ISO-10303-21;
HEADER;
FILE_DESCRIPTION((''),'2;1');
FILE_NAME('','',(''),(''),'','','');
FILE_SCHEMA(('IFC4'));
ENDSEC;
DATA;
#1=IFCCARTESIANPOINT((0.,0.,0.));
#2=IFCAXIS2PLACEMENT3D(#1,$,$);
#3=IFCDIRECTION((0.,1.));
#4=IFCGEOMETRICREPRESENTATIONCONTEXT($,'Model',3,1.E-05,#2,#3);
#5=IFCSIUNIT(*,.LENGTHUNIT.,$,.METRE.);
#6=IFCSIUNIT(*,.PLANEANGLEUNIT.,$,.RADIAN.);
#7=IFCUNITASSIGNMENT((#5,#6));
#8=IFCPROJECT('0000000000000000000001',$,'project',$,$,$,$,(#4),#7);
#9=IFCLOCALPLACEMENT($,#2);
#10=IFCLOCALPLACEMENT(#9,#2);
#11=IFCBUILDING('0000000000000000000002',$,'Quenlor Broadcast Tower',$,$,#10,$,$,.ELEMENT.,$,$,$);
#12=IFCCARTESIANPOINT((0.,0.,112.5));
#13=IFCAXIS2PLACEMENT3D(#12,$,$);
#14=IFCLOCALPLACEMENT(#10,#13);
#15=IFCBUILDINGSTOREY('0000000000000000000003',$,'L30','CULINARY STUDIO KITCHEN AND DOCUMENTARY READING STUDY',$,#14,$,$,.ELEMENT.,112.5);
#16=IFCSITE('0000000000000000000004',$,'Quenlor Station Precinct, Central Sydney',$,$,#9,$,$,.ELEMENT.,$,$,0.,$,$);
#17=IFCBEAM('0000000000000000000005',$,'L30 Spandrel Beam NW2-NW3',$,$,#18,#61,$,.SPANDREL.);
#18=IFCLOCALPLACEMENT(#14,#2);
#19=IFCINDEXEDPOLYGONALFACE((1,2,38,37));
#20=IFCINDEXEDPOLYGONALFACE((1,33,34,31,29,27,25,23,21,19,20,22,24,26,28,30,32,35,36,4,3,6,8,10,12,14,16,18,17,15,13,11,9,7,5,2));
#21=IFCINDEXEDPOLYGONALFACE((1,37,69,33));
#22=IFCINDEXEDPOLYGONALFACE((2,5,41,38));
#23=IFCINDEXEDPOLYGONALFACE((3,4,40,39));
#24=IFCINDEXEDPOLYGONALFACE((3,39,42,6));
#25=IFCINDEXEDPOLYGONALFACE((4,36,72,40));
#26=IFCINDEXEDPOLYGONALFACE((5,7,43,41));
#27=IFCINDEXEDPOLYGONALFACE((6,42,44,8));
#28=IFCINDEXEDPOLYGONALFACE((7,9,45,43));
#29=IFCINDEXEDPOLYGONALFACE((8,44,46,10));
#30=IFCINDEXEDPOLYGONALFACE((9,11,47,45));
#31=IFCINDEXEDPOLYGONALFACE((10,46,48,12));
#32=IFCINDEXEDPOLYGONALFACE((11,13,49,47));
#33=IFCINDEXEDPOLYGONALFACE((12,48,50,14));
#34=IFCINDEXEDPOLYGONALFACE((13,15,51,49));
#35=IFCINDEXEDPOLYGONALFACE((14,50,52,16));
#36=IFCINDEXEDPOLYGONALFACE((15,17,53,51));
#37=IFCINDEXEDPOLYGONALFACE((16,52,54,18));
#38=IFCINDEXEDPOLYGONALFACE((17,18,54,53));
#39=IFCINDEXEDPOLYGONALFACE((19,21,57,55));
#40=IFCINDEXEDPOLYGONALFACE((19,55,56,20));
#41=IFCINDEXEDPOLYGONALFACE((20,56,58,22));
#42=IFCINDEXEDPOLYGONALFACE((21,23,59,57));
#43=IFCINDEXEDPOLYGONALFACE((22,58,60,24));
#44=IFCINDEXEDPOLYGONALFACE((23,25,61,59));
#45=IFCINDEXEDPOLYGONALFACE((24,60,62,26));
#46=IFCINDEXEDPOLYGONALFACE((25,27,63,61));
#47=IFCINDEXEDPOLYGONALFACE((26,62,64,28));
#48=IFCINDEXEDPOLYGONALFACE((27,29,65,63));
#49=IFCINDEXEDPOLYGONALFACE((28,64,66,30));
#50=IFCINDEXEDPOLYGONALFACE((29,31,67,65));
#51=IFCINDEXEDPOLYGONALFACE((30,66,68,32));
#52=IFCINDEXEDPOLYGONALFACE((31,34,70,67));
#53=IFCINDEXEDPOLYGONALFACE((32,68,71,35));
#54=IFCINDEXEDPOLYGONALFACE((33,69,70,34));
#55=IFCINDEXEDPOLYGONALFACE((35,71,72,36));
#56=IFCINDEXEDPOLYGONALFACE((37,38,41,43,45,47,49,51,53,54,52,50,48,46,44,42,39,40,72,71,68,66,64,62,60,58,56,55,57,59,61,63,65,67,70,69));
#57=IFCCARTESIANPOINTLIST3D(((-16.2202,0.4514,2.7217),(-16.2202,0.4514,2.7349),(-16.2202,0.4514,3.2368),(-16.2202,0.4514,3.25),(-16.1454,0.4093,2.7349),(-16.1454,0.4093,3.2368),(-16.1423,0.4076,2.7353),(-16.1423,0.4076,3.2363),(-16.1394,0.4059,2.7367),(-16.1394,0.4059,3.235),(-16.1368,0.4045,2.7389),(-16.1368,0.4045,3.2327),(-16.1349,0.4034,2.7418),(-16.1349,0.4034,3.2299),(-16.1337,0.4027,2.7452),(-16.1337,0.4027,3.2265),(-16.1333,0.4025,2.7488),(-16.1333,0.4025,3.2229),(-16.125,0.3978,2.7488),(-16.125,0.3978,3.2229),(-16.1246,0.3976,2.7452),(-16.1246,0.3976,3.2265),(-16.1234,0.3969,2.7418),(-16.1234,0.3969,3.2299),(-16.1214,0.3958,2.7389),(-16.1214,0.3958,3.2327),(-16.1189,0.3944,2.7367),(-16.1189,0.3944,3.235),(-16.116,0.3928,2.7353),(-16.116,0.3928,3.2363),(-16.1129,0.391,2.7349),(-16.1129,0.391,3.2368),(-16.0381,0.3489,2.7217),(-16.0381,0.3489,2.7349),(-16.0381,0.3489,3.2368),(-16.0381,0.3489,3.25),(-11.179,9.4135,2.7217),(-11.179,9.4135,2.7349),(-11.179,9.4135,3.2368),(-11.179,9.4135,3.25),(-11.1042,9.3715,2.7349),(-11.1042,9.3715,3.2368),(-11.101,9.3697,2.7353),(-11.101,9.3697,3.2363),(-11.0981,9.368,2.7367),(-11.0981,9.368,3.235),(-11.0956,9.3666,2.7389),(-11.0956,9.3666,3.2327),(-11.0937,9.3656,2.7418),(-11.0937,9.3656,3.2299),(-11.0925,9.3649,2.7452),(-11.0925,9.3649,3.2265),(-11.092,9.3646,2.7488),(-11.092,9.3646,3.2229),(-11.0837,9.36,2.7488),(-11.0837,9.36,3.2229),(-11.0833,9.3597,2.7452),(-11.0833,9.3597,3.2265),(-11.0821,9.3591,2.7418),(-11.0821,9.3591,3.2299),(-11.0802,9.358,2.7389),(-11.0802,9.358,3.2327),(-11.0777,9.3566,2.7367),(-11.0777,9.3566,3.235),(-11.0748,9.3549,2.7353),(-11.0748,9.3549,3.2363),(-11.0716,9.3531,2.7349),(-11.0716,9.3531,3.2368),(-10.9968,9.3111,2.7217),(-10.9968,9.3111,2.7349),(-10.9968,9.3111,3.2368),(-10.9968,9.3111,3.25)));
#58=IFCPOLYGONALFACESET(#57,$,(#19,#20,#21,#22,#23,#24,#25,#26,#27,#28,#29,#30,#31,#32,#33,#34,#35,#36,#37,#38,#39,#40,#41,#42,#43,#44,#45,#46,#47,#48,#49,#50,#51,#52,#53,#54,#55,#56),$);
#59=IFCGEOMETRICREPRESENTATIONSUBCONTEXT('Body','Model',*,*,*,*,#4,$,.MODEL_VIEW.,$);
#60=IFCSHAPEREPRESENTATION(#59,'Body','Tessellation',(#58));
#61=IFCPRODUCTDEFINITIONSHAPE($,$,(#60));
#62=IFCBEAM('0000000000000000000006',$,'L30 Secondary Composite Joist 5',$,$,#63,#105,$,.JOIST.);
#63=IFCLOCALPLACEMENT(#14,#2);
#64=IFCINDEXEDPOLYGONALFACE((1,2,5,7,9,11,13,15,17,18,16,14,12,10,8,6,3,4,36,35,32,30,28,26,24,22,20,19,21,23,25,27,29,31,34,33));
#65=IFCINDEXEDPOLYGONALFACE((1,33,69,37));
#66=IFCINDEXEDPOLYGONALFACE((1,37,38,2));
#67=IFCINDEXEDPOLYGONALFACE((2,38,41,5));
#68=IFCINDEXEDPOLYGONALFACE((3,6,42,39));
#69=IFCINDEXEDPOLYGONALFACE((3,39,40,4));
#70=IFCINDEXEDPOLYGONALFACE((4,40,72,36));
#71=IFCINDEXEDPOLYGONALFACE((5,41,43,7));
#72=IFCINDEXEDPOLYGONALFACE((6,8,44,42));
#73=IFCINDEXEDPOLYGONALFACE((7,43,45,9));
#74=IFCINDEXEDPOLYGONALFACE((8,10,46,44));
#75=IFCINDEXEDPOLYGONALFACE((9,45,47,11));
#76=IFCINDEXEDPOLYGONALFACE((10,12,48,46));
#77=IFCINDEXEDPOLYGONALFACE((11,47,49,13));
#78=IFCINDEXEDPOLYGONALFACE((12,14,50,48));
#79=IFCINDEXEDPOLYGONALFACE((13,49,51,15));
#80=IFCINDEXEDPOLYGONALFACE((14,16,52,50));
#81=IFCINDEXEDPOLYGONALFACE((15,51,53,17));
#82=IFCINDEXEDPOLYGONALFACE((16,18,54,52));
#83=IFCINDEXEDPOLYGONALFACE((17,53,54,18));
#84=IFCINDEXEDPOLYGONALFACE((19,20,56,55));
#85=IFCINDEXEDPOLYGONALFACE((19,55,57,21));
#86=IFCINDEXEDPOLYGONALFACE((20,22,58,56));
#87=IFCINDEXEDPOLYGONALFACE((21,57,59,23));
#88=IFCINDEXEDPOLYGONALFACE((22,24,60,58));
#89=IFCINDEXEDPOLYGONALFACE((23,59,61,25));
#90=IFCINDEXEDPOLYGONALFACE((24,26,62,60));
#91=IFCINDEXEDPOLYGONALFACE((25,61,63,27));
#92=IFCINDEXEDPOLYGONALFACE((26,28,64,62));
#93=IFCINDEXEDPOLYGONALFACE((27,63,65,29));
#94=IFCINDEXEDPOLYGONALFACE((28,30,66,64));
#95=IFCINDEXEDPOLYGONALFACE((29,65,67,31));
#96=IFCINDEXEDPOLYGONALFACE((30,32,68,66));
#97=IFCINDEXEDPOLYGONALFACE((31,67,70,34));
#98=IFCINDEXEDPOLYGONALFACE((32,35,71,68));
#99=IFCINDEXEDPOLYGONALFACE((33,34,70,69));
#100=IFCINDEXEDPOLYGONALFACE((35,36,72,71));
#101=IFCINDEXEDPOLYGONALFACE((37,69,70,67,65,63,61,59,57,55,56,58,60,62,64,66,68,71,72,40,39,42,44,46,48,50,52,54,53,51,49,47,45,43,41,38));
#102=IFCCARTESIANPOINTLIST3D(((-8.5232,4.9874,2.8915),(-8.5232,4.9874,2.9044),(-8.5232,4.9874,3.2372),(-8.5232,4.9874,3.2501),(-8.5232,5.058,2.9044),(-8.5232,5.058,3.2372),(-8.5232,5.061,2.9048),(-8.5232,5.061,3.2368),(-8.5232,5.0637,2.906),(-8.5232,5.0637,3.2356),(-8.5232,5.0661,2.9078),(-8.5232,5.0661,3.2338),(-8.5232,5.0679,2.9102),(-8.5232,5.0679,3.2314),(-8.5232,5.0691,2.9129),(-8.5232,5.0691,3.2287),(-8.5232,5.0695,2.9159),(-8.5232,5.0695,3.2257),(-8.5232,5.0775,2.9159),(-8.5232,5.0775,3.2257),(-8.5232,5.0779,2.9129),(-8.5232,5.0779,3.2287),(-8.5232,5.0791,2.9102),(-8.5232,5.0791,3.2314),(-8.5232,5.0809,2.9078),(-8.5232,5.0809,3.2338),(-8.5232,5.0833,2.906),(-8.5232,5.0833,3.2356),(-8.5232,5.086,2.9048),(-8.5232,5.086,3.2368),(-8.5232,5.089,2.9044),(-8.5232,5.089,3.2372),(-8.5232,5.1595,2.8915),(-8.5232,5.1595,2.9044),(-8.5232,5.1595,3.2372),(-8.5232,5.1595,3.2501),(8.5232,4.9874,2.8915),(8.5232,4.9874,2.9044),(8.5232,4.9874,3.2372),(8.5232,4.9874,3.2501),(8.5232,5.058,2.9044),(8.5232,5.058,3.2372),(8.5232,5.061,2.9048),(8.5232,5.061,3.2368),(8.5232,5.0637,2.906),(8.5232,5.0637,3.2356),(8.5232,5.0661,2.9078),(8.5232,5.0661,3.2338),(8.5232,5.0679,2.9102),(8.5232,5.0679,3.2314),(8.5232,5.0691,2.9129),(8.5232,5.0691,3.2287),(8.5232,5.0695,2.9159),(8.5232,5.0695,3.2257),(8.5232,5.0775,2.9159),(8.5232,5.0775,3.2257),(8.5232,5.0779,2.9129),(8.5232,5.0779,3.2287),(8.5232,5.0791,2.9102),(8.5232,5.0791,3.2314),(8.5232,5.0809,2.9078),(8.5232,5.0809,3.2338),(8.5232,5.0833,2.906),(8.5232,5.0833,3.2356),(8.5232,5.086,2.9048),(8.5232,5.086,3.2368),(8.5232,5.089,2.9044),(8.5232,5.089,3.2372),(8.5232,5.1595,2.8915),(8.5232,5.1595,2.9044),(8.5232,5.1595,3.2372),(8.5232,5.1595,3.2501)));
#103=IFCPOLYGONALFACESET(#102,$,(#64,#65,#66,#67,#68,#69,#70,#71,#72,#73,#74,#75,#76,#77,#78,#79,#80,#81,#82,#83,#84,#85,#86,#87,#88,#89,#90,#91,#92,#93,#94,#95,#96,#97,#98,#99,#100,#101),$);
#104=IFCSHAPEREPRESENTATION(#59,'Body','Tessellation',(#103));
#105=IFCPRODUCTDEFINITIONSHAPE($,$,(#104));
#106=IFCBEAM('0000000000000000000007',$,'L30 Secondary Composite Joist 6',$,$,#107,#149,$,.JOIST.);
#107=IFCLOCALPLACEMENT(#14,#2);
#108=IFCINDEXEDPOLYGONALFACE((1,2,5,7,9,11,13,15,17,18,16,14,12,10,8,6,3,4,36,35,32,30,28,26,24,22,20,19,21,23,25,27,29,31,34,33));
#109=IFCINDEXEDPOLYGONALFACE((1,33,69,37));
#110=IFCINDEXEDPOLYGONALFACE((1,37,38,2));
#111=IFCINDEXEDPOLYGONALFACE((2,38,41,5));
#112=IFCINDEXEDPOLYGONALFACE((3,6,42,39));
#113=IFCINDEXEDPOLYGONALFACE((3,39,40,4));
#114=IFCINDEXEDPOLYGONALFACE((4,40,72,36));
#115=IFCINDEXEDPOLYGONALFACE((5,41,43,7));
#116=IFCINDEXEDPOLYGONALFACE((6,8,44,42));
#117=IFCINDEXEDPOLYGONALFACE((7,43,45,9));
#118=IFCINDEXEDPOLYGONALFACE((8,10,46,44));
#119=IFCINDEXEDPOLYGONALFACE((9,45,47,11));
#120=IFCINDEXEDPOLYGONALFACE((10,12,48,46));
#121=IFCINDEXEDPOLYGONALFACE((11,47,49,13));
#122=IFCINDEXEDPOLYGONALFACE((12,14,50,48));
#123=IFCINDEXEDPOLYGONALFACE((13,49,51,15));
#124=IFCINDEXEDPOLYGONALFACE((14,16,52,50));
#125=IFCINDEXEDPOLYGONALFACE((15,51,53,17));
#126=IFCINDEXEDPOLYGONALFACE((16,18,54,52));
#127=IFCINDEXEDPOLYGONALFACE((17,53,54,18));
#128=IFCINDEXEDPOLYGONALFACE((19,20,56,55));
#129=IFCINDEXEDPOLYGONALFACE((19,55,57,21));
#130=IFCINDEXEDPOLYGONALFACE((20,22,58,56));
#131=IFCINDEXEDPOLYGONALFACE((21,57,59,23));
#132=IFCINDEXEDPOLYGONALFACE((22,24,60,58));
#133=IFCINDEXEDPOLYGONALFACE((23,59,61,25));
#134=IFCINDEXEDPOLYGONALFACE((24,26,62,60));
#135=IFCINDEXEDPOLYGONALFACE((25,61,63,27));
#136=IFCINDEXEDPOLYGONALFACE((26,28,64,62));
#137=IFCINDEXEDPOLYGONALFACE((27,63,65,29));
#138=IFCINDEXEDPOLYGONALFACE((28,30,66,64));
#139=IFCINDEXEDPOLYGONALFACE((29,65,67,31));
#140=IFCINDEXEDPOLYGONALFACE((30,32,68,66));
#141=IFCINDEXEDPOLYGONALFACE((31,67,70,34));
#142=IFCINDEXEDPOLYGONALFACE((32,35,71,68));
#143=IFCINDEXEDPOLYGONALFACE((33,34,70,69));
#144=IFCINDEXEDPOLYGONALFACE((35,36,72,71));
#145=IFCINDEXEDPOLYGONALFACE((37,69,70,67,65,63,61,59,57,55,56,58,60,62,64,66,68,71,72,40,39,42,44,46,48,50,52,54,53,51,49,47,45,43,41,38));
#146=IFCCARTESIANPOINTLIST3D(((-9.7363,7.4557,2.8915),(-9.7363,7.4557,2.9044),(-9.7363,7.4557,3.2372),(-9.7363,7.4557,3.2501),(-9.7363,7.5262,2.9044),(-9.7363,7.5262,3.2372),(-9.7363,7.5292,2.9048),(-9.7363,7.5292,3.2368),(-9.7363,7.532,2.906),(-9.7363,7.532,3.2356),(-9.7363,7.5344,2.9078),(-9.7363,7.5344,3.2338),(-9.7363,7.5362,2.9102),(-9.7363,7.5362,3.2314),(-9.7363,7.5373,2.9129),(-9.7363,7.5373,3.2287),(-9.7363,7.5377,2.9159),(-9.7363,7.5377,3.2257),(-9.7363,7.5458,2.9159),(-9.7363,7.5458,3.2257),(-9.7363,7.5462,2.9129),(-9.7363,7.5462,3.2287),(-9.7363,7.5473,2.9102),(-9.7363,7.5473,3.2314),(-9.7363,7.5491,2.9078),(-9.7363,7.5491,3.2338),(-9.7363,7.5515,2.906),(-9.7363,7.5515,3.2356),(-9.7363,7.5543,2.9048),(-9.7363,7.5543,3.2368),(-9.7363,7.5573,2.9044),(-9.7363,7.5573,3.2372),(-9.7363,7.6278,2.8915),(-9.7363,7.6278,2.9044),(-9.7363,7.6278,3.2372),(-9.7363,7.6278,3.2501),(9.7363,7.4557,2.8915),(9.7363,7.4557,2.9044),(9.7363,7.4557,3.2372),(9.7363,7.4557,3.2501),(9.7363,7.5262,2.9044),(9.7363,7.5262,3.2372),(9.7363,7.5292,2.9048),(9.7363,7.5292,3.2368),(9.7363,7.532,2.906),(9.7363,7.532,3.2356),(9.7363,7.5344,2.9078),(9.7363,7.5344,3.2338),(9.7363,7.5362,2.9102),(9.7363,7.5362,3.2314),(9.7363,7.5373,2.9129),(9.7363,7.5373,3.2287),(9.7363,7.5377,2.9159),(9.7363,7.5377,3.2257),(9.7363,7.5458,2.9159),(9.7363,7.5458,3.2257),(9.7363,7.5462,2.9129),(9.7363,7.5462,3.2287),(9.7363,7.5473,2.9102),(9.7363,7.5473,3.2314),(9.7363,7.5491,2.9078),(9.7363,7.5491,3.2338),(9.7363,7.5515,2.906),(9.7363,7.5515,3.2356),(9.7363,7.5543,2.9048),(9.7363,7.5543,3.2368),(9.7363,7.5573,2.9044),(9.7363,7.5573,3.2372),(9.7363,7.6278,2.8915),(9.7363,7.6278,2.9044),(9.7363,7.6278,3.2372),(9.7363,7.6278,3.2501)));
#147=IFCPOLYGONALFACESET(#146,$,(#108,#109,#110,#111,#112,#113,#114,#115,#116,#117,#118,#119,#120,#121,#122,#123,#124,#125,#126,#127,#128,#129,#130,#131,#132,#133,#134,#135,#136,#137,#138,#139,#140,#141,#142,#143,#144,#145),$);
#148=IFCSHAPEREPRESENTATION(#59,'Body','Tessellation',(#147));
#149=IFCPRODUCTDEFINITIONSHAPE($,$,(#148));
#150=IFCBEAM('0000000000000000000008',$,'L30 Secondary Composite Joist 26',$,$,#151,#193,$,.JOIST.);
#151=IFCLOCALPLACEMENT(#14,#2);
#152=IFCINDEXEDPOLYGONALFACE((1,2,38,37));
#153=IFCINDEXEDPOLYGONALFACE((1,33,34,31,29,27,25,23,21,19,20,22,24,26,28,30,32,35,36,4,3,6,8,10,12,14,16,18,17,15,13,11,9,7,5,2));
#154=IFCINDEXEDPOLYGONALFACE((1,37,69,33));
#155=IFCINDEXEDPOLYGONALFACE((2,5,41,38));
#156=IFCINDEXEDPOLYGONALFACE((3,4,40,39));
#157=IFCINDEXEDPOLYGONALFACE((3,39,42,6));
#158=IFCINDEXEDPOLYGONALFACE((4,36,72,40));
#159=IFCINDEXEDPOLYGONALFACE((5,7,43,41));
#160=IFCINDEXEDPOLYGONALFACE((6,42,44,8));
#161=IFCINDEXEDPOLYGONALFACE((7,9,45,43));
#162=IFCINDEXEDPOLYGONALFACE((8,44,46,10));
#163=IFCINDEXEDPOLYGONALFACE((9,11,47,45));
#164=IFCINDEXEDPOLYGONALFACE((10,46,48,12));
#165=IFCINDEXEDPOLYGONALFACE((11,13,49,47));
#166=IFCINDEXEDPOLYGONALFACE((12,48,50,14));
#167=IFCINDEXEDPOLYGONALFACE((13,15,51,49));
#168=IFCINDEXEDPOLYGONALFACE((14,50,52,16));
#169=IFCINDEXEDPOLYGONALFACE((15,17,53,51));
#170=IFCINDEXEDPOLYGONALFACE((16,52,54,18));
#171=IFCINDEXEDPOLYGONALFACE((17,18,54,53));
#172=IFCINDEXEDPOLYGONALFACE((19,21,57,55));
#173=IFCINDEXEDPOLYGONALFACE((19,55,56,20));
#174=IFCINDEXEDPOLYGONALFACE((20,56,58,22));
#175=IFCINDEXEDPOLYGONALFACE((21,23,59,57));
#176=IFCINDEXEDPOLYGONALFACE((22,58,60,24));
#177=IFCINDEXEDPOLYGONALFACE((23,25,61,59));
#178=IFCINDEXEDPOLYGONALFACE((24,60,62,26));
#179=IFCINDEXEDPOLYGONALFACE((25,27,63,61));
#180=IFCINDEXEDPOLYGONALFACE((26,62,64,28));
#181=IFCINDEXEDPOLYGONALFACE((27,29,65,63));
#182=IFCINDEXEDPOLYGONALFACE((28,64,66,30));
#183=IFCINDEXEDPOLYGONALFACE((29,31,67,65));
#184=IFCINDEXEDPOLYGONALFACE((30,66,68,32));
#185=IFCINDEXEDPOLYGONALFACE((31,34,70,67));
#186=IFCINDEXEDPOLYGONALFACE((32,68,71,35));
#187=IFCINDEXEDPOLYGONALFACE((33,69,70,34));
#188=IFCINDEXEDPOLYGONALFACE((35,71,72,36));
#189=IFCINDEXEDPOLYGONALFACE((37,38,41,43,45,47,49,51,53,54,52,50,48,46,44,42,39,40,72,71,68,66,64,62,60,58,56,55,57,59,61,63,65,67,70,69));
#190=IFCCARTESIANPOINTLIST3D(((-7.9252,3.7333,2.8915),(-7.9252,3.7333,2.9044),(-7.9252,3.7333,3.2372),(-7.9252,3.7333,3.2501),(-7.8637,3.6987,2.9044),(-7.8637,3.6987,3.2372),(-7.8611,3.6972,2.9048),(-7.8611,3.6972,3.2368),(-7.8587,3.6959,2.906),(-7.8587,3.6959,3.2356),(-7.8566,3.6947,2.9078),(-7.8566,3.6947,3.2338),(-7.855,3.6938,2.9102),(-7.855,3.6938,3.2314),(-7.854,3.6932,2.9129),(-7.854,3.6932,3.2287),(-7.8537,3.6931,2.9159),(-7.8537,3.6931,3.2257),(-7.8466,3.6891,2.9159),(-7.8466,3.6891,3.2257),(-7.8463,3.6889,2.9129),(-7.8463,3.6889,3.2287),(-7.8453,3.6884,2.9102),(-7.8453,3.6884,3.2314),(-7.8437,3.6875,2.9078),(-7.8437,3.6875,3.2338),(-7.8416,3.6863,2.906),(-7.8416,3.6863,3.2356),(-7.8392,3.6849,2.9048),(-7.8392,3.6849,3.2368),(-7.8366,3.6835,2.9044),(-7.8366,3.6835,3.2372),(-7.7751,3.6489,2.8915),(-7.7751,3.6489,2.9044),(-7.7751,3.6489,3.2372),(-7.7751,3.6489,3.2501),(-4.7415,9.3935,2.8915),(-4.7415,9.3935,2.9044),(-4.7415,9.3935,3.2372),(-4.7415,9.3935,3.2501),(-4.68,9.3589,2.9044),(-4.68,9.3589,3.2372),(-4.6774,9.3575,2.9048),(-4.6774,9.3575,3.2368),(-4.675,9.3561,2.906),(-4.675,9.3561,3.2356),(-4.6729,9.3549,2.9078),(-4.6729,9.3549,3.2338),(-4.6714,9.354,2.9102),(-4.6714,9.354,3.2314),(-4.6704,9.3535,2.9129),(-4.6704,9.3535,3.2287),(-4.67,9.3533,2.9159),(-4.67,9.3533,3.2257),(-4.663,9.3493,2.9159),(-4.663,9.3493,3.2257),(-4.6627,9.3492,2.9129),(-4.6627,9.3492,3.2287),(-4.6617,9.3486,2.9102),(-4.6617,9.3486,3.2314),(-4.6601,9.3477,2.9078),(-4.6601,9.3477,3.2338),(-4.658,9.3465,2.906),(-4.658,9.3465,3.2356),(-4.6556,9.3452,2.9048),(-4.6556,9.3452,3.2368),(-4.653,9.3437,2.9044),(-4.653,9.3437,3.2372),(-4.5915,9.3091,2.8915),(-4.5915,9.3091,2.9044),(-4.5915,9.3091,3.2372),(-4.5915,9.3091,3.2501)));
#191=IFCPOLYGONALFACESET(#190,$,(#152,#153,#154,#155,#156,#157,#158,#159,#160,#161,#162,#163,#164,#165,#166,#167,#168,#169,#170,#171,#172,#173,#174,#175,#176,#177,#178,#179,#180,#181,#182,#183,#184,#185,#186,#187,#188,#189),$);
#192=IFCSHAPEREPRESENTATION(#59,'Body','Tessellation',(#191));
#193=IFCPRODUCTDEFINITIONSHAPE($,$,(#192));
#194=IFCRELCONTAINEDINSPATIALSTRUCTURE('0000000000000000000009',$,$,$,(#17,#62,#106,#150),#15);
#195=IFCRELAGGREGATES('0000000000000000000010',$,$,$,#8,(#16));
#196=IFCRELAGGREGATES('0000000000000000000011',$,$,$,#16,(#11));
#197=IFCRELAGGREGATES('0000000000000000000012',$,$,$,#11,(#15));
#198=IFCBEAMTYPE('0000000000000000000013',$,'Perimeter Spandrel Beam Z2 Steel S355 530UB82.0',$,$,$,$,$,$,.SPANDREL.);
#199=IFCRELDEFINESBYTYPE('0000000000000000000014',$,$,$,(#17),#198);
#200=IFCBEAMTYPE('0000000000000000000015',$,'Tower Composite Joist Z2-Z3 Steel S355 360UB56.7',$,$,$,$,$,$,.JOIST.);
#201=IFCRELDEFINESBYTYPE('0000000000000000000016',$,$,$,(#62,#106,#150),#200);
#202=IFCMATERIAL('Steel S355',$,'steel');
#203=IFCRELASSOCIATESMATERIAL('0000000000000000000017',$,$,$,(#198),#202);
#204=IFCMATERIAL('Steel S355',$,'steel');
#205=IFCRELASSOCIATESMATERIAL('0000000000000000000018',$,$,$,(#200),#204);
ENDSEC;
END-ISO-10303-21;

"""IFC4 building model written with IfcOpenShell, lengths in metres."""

from ifc_helpers import new_model, si_unit, direction, frame, origin, origin_2d, place, context, subcontext, project, spatial, i_section, extrude, material, material_profile, profile_set, type_object, element, save


model = new_model("IFC4")

# Units and contexts
model_context = context("Model", 3, precision=1e-05, world=origin(), true_north=direction((0.0, 1.0)))
body_context = subcontext(model_context, "Body", "Model", "MODEL_VIEW")
ifc_project = project(units=[si_unit("LENGTHUNIT", "METRE"), si_unit("PLANEANGLEUNIT", "RADIAN")], contexts=[model_context])

# Site, building, storey
site_placement = place(None, origin())
site = spatial("IfcSite", under=ifc_project, at=site_placement, Name="Quenlor Station Precinct, Central Sydney", CompositionType="ELEMENT", RefElevation=0.0)
building_placement = place(site_placement, origin())
building = spatial("IfcBuilding", under=site, at=building_placement, Name="Quenlor Broadcast Tower", CompositionType="ELEMENT")
storey_placement = place(building_placement, frame((0.0, 0.0, 112.5)))
storey = spatial("IfcBuildingStorey", under=building, at=storey_placement, Name="L30", Description="CULINARY STUDIO KITCHEN AND DOCUMENTARY READING STUDY", CompositionType="ELEMENT", Elevation=112.5)

# Beams
ifc_material_1 = material(Name="Steel S355", Category="steel")
ifc_material_profile_1 = material_profile(ifc_material_1, i_section(OverallWidth=0.209, OverallDepth=0.5283, WebThickness=0.0095, FlangeThickness=0.0132, FilletRadius=0.0139, at=origin_2d()))
ifc_profile_set_1 = profile_set([ifc_material_profile_1], Name="Steel S355 530UB82.0")
beam_type_1 = type_object("IfcBeamType", Name="Perimeter Spandrel Beam Z2 Steel S355 530UB82.0", PredefinedType="SPANDREL", material=ifc_profile_set_1)
beam_1_placement = place(storey_placement, frame((-11.0879, 9.3623, 2.9858), z_axis=(-0.490265, -0.871574, 0.0), x_axis=(0.871574, -0.490265, 0.0)))
element("IfcBeam", 1, at=beam_1_placement, inside=storey, type_object=beam_type_1, Name="L30 Spandrel Beam NW2-NW3", PredefinedType="SPANDREL", context=body_context, shape_type="SweptSolid", body=[
    extrude(i_section(OverallWidth=0.209, OverallDepth=0.5283, WebThickness=0.0095, FlangeThickness=0.0132, FilletRadius=0.0139, at=origin_2d()), origin(), (0.0, 0.0, 1.0), 10.2827),
])
ifc_material_2 = material(Name="Steel S355", Category="steel")
ifc_material_profile_2 = material_profile(ifc_material_2, i_section(OverallWidth=0.1721, OverallDepth=0.3586, WebThickness=0.0081, FlangeThickness=0.0129, FilletRadius=0.0115, at=origin_2d()))
ifc_profile_set_2 = profile_set([ifc_material_profile_2], Name="Steel S355 360UB56.7")
beam_type_2 = type_object("IfcBeamType", Name="Tower Composite Joist Z2-Z3 Steel S355 360UB56.7", PredefinedType="JOIST", material=ifc_profile_set_2)
beam_2_placement = place(storey_placement, frame((-8.5232, 5.0735, 3.0708), z_axis=(1.0, 0.0, 0.0), x_axis=(0.0, 1.0, 0.0)))
element("IfcBeam", 2, at=beam_2_placement, inside=storey, type_object=beam_type_2, Name="L30 Secondary Composite Joist 5", PredefinedType="JOIST", context=body_context, shape_type="SweptSolid", body=[
    extrude(i_section(OverallWidth=0.1721, OverallDepth=0.3586, WebThickness=0.0081, FlangeThickness=0.0129, FilletRadius=0.0115, at=origin_2d()), origin(), (0.0, 0.0, 1.0), 17.0464),
])
beam_3_placement = place(storey_placement, frame((-9.7363, 7.5417, 3.0708), z_axis=(1.0, 0.0, 0.0), x_axis=(0.0, 1.0, 0.0)))
element("IfcBeam", 3, at=beam_3_placement, inside=storey, type_object=beam_type_2, Name="L30 Secondary Composite Joist 6", PredefinedType="JOIST", context=body_context, shape_type="SweptSolid", body=[
    extrude(i_section(OverallWidth=0.1721, OverallDepth=0.3586, WebThickness=0.0081, FlangeThickness=0.0129, FilletRadius=0.0115, at=origin_2d()), origin(), (0.0, 0.0, 1.0), 19.4727),
])
beam_4_placement = place(storey_placement, frame((-4.6665, 9.3513, 3.0708), z_axis=(-0.490233, -0.871592, 0.0), x_axis=(0.871592, -0.490233, 0.0)))
element("IfcBeam", 4, at=beam_4_placement, inside=storey, type_object=beam_type_2, Name="L30 Secondary Composite Joist 26", PredefinedType="JOIST", context=body_context, shape_type="SweptSolid", body=[
    extrude(i_section(OverallWidth=0.1721, OverallDepth=0.3586, WebThickness=0.0081, FlangeThickness=0.0129, FilletRadius=0.0115, at=origin_2d()), origin(), (0.0, 0.0, 1.0), 6.4941),
])

save(model, "model.ifc")
